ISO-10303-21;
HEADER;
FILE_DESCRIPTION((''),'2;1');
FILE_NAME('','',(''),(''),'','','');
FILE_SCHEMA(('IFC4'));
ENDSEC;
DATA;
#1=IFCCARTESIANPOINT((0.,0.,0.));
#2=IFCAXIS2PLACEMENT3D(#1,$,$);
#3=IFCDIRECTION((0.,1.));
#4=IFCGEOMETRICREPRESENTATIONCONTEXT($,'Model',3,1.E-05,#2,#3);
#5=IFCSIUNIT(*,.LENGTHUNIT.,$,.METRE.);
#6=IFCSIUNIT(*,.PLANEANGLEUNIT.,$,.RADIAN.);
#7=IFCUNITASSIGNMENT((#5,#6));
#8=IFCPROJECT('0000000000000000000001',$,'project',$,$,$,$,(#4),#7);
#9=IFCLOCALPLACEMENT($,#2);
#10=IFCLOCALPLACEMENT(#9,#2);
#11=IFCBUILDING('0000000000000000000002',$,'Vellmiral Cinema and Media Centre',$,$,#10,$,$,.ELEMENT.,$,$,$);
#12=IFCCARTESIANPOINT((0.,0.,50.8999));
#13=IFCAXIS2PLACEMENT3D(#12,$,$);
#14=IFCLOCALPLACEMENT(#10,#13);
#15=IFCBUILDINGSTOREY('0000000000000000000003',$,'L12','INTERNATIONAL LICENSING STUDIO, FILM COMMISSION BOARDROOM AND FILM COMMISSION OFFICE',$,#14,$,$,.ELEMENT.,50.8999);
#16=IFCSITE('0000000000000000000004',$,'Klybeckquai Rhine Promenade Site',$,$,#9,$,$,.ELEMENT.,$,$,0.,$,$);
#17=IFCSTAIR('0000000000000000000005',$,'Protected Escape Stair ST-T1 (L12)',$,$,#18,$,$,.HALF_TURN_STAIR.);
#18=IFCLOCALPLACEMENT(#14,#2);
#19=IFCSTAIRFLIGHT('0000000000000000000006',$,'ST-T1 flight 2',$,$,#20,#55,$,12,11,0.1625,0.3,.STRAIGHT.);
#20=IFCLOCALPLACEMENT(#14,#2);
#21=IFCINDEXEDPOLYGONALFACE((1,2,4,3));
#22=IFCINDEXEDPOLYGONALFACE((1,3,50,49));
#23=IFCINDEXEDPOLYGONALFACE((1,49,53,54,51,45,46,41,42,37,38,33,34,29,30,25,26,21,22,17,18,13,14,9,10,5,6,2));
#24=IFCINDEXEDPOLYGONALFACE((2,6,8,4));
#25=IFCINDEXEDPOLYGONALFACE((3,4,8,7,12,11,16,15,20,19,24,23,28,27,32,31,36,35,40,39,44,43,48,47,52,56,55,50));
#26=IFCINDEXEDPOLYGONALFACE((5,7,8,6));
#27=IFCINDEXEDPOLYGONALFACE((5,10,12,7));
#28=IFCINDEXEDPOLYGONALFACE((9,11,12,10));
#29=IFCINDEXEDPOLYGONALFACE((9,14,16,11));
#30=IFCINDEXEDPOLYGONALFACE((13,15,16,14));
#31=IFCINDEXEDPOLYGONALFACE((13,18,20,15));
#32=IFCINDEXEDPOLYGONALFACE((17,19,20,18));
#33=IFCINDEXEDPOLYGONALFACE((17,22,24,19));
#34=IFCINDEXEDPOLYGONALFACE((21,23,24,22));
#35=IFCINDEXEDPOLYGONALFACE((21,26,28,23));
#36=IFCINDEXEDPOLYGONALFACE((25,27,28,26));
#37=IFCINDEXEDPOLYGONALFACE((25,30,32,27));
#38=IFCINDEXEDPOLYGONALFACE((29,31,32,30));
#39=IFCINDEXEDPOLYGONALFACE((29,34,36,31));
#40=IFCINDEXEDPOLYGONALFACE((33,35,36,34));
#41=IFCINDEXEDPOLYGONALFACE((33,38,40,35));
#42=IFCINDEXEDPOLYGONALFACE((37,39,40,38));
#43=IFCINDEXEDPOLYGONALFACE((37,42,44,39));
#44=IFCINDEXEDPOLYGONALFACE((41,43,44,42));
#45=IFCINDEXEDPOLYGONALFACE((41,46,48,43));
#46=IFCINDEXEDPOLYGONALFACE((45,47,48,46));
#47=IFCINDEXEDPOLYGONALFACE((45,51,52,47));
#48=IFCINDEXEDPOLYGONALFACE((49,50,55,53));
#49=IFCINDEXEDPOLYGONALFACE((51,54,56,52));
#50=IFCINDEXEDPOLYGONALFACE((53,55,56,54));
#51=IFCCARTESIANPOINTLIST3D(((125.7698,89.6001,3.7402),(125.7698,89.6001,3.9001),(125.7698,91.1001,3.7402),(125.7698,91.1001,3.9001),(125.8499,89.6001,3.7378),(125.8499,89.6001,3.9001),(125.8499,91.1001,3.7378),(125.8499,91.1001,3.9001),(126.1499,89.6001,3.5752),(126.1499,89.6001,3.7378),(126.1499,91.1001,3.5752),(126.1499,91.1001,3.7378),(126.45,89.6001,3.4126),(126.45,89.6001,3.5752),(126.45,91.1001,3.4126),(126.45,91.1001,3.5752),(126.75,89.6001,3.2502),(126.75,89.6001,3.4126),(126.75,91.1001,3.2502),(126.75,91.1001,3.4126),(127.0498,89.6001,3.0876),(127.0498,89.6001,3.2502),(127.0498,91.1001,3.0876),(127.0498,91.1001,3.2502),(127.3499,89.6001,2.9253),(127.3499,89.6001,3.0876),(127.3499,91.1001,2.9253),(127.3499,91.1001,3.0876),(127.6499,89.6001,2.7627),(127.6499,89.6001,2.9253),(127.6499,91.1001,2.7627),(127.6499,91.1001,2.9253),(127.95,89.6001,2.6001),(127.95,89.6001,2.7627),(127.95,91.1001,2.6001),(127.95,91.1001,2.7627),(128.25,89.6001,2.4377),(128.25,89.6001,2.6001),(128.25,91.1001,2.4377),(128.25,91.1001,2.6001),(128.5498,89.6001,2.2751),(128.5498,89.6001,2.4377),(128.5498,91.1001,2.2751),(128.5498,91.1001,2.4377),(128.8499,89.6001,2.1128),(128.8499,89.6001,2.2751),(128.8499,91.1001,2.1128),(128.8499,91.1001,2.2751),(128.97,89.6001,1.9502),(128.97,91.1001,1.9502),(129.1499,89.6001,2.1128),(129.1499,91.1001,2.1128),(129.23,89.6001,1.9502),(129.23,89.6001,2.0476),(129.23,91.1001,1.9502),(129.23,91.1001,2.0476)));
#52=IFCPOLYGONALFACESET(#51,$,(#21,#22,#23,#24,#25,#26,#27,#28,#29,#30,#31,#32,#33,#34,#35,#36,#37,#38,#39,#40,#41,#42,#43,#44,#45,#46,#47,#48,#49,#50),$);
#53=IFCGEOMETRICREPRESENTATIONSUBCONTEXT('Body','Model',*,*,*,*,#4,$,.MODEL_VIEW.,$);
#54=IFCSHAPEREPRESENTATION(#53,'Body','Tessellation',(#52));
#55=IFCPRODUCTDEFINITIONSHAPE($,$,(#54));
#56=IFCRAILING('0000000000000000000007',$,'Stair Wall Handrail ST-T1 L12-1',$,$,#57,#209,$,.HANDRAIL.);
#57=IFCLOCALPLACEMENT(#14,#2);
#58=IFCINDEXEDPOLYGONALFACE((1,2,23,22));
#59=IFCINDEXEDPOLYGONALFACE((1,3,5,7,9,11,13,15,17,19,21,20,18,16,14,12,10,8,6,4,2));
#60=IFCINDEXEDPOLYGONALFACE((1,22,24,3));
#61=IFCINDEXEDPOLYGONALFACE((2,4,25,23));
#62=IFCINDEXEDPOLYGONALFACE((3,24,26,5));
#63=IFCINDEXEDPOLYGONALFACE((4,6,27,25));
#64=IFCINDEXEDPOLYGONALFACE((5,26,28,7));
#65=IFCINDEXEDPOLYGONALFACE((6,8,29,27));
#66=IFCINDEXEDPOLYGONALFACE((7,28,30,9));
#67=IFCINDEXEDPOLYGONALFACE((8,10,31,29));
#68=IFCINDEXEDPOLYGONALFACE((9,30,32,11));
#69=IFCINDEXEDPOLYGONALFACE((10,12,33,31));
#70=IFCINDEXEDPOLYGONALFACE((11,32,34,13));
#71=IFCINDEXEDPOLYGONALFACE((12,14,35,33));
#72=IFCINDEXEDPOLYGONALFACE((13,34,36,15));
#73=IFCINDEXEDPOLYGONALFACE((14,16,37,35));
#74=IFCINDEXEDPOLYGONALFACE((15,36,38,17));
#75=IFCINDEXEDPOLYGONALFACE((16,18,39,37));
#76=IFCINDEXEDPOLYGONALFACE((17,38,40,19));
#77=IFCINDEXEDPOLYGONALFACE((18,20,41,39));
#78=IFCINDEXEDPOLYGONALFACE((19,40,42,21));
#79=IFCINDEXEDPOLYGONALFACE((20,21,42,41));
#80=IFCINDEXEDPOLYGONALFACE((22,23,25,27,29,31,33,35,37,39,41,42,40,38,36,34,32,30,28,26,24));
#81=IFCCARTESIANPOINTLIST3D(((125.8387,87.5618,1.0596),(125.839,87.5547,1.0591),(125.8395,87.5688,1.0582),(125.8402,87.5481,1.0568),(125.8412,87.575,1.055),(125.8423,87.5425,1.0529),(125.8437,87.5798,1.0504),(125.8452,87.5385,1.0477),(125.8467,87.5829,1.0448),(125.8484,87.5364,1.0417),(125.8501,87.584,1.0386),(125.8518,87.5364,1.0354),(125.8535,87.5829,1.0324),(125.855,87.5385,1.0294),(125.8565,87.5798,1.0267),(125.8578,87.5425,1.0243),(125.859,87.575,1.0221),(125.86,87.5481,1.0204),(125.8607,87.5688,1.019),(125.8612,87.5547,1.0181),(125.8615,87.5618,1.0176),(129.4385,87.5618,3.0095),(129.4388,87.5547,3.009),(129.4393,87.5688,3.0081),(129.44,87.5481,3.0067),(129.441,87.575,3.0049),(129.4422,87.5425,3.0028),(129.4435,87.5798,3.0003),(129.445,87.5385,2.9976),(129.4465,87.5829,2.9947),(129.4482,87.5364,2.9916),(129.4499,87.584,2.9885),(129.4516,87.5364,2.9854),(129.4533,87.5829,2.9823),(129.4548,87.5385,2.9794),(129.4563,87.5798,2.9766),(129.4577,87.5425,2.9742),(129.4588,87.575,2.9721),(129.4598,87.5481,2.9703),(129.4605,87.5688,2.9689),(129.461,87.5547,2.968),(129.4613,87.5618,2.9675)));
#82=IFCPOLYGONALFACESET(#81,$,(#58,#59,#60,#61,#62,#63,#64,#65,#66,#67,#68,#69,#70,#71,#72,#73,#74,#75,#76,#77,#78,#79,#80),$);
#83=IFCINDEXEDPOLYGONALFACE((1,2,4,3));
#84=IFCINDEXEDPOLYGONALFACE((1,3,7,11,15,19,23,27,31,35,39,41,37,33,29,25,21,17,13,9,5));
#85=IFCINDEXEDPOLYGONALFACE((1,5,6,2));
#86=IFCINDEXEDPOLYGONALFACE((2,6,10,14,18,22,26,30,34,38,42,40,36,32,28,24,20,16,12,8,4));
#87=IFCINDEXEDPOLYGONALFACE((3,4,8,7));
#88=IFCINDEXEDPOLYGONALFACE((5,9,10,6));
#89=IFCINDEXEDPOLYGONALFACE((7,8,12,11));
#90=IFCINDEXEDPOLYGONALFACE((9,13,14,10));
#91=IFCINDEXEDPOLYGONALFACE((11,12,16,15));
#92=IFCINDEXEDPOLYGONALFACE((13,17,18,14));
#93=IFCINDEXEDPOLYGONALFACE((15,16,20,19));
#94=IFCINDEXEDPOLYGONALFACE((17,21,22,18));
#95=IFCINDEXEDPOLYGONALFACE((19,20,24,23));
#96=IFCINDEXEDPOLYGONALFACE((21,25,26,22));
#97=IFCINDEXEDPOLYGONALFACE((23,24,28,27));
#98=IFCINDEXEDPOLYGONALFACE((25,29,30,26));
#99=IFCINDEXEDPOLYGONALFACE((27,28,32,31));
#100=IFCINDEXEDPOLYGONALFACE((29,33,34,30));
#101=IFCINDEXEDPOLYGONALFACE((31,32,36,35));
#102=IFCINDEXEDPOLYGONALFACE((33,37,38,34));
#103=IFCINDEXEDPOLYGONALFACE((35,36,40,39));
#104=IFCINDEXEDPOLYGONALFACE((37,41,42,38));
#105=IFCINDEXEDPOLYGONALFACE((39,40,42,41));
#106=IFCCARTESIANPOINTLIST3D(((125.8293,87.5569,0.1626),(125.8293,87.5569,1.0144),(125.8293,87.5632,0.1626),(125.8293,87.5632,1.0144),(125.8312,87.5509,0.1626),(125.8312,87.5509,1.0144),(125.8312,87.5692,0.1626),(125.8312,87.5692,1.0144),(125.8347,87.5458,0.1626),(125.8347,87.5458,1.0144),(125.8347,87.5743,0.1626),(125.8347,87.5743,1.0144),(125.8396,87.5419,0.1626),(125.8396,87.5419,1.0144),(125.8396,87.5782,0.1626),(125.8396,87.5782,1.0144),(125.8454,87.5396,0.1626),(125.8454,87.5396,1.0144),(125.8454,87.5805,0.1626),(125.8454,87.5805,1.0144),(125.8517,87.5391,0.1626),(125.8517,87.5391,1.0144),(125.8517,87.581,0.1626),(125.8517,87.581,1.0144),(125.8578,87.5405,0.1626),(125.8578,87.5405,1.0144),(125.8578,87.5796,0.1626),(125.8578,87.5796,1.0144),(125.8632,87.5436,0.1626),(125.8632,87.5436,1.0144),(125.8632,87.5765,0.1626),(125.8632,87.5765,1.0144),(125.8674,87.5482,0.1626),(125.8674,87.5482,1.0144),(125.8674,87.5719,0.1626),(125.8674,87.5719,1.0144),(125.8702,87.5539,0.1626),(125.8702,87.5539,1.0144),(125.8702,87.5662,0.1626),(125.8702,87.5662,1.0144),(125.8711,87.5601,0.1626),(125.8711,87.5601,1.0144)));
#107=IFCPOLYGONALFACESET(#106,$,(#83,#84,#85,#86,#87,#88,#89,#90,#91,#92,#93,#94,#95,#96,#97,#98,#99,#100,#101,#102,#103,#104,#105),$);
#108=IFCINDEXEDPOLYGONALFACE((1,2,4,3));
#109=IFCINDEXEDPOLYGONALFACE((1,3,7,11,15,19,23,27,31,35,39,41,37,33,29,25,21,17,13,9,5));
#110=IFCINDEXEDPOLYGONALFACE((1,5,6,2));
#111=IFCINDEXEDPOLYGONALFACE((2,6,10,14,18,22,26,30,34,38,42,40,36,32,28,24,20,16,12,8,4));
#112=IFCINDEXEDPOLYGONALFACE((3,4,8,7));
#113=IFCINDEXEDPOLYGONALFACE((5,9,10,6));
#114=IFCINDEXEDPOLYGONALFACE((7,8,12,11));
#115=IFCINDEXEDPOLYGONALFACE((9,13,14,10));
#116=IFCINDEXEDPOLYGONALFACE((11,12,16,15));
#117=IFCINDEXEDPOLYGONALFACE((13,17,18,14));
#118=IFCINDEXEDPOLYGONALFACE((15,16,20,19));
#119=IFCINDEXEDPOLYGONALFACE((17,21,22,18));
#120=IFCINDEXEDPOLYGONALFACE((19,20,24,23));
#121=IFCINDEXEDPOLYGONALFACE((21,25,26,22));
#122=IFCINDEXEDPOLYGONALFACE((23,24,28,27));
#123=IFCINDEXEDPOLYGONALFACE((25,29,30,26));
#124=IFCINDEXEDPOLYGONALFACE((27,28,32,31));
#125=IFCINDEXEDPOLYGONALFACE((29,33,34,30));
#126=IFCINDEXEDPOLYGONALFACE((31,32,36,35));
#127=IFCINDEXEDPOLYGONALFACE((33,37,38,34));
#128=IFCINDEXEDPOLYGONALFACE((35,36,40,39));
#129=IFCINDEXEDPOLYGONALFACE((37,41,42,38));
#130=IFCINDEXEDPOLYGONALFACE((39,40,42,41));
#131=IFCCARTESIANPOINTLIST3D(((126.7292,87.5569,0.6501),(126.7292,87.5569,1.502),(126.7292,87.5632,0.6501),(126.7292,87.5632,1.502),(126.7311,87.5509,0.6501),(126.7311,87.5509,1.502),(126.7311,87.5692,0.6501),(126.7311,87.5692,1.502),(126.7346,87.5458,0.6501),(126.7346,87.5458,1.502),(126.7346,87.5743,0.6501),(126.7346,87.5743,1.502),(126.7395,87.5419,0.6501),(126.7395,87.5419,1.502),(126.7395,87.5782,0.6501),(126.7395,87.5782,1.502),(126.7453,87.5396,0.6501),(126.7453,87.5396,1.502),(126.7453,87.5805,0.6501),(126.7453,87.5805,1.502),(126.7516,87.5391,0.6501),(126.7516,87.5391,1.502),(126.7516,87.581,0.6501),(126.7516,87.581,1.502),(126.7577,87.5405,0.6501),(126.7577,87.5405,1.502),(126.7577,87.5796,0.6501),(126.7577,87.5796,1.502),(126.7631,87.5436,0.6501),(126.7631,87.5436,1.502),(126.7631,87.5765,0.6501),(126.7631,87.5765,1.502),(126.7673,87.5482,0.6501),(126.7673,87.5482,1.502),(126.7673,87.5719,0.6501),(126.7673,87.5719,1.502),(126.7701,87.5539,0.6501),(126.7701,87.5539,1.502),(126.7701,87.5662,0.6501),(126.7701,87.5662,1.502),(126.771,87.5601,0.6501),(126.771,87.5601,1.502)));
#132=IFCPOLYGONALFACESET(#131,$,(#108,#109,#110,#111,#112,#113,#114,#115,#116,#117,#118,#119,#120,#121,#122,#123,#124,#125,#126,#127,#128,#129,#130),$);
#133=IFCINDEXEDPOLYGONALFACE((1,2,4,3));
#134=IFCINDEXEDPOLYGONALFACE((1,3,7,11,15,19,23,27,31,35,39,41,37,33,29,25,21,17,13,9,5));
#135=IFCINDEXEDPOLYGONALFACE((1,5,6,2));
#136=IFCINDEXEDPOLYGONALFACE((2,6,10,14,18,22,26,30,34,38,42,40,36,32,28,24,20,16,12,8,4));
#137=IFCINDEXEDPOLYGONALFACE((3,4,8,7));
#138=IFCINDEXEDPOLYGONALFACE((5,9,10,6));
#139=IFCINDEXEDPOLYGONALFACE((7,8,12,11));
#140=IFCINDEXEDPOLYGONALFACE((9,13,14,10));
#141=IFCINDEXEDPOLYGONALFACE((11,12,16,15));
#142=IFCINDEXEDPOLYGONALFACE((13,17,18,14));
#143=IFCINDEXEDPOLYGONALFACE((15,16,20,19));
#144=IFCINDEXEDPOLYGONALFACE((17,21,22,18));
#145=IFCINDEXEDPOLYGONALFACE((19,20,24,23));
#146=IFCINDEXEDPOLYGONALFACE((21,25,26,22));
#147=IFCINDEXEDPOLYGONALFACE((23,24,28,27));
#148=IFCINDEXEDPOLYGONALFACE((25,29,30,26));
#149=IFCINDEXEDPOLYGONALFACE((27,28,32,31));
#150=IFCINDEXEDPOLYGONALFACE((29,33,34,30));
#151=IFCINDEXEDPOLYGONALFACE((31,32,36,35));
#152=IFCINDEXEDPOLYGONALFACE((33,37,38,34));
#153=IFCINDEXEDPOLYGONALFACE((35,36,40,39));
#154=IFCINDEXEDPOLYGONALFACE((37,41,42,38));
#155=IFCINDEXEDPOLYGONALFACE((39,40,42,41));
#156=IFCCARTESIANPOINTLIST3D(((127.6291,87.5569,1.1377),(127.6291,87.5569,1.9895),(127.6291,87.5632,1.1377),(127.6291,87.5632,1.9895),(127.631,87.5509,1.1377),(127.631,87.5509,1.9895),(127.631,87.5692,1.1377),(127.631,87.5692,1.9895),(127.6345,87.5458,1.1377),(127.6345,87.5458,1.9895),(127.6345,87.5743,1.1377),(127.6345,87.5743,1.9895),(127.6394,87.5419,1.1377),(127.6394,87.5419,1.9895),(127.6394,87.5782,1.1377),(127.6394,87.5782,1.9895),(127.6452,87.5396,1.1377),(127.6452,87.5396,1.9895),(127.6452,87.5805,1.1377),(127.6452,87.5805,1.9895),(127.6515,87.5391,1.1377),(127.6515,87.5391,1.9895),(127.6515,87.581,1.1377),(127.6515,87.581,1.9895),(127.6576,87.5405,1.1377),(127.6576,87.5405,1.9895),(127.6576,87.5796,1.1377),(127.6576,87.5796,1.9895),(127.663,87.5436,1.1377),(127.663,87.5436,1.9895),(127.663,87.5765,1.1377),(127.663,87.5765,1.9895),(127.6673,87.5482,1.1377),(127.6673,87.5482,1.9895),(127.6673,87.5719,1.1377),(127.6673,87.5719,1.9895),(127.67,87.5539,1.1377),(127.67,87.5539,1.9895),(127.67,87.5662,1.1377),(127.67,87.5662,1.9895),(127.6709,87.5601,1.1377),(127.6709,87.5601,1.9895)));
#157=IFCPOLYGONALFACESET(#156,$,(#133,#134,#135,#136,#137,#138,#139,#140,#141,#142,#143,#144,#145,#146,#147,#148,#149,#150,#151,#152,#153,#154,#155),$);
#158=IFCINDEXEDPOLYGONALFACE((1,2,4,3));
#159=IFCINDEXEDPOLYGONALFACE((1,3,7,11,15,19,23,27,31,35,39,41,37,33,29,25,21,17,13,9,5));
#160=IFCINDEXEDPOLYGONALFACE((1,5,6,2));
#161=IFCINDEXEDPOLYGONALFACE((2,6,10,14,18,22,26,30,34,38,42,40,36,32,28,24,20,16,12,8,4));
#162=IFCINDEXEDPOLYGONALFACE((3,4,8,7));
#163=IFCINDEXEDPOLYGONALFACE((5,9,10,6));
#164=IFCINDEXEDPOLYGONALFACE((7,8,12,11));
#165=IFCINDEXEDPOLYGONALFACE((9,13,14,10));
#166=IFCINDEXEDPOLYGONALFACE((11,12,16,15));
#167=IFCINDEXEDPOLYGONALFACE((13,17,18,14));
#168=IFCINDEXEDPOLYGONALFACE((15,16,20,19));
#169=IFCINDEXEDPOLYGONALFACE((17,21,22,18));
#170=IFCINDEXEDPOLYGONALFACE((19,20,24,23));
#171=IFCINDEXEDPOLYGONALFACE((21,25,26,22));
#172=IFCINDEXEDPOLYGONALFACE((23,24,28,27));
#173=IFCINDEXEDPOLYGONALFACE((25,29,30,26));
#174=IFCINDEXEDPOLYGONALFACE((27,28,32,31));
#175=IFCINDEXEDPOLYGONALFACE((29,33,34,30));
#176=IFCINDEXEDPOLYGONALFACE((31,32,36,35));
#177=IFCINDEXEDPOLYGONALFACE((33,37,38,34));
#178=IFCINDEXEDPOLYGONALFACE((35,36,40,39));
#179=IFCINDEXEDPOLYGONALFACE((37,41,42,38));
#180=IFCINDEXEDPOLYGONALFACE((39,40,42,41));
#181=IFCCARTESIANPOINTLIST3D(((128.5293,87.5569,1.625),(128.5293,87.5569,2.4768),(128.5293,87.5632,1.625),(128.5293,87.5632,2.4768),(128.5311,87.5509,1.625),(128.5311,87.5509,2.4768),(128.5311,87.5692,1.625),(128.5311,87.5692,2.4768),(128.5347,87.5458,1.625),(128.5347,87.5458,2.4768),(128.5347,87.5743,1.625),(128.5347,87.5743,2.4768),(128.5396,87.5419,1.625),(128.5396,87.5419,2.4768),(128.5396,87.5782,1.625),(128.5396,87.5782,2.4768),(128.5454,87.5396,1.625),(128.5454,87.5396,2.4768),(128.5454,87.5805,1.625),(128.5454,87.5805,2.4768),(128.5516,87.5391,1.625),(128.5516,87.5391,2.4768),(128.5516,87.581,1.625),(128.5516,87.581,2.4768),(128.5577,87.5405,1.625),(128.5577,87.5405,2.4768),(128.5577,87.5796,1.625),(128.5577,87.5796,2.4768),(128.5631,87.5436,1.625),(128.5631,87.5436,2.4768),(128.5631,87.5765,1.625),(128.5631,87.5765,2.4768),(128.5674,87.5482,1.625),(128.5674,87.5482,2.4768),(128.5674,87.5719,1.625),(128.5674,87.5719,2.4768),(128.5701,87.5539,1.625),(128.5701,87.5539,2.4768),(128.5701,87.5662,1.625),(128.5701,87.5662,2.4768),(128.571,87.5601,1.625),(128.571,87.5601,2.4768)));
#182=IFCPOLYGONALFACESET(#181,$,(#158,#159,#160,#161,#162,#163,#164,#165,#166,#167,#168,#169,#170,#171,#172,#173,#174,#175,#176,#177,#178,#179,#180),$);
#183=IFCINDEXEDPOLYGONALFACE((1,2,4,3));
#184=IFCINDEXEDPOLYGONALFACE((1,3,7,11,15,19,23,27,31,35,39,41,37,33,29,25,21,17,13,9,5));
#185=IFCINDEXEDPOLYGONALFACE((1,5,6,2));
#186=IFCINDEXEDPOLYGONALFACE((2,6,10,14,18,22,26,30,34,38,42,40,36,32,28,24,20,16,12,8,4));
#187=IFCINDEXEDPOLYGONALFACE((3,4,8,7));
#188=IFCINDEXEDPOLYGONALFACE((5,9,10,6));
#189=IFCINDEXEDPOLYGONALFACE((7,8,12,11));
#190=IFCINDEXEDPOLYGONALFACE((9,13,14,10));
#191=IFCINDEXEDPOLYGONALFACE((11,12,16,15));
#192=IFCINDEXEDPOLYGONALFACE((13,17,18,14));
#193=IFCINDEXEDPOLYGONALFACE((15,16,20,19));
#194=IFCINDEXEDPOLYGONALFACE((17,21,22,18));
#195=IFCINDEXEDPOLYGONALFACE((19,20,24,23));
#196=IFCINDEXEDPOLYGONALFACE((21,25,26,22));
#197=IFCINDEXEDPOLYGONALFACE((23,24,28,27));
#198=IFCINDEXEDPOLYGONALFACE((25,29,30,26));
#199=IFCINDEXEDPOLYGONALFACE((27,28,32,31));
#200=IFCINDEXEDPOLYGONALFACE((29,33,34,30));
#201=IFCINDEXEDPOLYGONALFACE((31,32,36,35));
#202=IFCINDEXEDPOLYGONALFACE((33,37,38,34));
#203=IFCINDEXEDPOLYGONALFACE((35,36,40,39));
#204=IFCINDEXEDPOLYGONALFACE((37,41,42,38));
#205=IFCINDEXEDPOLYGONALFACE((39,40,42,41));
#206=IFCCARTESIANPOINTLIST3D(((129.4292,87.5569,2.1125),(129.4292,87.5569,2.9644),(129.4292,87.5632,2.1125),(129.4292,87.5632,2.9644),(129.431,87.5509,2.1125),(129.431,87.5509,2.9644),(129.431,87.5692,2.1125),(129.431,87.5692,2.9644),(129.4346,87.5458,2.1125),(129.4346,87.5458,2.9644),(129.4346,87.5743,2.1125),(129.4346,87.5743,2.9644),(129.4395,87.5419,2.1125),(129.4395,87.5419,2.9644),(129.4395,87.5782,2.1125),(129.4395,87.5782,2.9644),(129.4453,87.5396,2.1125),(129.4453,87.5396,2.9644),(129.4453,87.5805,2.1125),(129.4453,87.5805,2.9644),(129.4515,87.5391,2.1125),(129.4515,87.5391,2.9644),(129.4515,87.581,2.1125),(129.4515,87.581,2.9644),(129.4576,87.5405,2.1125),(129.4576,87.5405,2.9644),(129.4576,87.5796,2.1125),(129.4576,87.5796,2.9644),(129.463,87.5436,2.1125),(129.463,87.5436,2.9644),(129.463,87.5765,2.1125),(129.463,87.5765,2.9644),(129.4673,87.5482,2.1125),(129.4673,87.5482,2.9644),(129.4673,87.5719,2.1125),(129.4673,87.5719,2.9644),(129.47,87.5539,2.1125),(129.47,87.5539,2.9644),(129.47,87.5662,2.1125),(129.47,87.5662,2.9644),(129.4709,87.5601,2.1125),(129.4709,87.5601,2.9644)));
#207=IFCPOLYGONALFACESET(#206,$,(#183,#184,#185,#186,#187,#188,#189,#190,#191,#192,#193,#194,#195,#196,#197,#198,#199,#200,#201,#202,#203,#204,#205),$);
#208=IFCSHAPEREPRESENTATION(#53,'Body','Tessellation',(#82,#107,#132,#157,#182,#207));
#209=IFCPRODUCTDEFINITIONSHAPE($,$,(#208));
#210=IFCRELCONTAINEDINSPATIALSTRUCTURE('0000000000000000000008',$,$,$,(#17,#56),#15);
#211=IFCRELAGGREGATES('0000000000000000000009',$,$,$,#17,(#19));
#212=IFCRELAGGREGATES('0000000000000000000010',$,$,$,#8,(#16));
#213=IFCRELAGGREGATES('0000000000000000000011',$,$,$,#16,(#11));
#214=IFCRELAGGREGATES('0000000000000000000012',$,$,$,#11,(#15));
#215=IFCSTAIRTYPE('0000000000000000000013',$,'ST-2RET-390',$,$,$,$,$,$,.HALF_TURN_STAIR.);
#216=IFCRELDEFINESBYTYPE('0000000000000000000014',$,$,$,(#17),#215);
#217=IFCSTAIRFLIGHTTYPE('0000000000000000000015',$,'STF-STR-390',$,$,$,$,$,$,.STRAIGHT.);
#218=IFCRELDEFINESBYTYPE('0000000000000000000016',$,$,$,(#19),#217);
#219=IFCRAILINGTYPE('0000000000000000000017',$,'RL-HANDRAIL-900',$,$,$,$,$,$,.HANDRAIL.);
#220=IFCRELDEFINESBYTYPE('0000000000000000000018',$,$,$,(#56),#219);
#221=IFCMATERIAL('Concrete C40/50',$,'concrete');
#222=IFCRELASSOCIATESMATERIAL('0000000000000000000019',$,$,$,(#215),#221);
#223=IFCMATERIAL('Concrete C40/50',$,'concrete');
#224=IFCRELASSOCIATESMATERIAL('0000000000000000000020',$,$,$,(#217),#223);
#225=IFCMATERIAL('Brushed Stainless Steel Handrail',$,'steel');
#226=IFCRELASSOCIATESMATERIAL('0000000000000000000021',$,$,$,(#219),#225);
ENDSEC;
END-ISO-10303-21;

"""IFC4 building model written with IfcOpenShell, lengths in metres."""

from ifc_helpers import new_model, si_unit, direction, frame, origin, origin_2d, place, context, subcontext, project, spatial, polyline, circle, outline, extrude, material, type_object, element, aggregate, save


model = new_model("IFC4")

# Units and contexts
model_context = context("Model", 3, precision=1e-05, world=origin(), true_north=direction((0.0, 1.0)))
body_context = subcontext(model_context, "Body", "Model", "MODEL_VIEW")
ifc_project = project(units=[si_unit("LENGTHUNIT", "METRE"), si_unit("PLANEANGLEUNIT", "RADIAN")], contexts=[model_context])

# Site, building, storey
site_placement = place(None, origin())
site = spatial("IfcSite", under=ifc_project, at=site_placement, Name="Klybeckquai Rhine Promenade Site", CompositionType="ELEMENT", RefElevation=0.0)
building_placement = place(site_placement, origin())
building = spatial("IfcBuilding", under=site, at=building_placement, Name="Vellmiral Cinema and Media Centre", CompositionType="ELEMENT")
storey_placement = place(building_placement, frame((0.0, 0.0, 50.8999)))
storey = spatial("IfcBuildingStorey", under=building, at=storey_placement, Name="L12", Description="INTERNATIONAL LICENSING STUDIO, FILM COMMISSION BOARDROOM AND FILM COMMISSION OFFICE", CompositionType="ELEMENT", Elevation=50.8999)

# Stair, stair flight
ifc_material_1 = material(Name="Concrete C40/50", Category="concrete")
stair_type = type_object("IfcStairType", Name="ST-2RET-390", PredefinedType="HALF_TURN_STAIR", material=ifc_material_1)
stair_placement = place(storey_placement, origin())
stair = element("IfcStair", 1, at=stair_placement, inside=storey, type_object=stair_type, Name="Protected Escape Stair ST-T1 (L12)", PredefinedType="HALF_TURN_STAIR")
ifc_material_2 = material(Name="Concrete C40/50", Category="concrete")
stair_flight_type = type_object("IfcStairFlightType", Name="STF-STR-390", PredefinedType="STRAIGHT", material=ifc_material_2)
stair_flight_1_placement = place(storey_placement, frame((129.1499, 90.3501, 1.9502), z_axis=(0.0, 0.0, 1.0), x_axis=(-1.0, 0.0, 0.0)))
stair_flight_1 = element("IfcStairFlight", 2, at=stair_flight_1_placement, type_object=stair_flight_type, Name="ST-T1 flight 2", NumberOfRisers=12, NumberOfTreads=11, PredefinedType="STRAIGHT", RiserHeight=0.1625, TreadLength=0.3, context=body_context, shape_type="SweptSolid", body=[
    extrude(outline(polyline([(-0.0801, 0.0), (-0.0801, 0.0974), (0.0, 0.1626), (0.3, 0.1626), (0.3, 0.325), (0.6001, 0.325), (0.6001, 0.4875), (0.8999, 0.4875), (0.8999, 0.6499), (1.2, 0.6499), (1.2, 0.8125), (1.5, 0.8125), (1.5, 0.9751), (1.8, 0.9751), (1.8, 1.1375), (2.1001, 1.1375), (2.1001, 1.3), (2.3999, 1.3), (2.3999, 1.4624), (2.7, 1.4624), (2.7, 1.625), (3.0, 1.625), (3.0, 1.7876), (3.3, 1.7876), (3.3, 1.95), (3.3801, 1.95), (3.3801, 1.79), (0.1799, 0.0), (-0.0801, 0.0)])), frame((0.0, 0.75, 0.0), z_axis=(0.0, -1.0, 0.0), x_axis=(1.0, 0.0, 0.0)), (0.0, 0.0, 1.0), 1.5),
])
aggregate(stair, [stair_flight_1])

# Railing
ifc_material_3 = material(Name="Brushed Stainless Steel Handrail", Category="steel")
railing_type_1 = type_object("IfcRailingType", Name="RL-HANDRAIL-900", PredefinedType="HANDRAIL", material=ifc_material_3)
railing_1_placement = place(storey_placement, frame((125.8501, 87.5601, 0.1626)))
element("IfcRailing", 3, at=railing_1_placement, inside=storey, type_object=railing_type_1, Name="Stair Wall Handrail ST-T1 L12-1", PredefinedType="HANDRAIL", context=body_context, shape_type="SweptSolid", body=[
    extrude(circle(Radius=0.0239, at=origin_2d()), frame((0.0, 0.0, 0.876), z_axis=(0.879289, 0.0, 0.476289), x_axis=(0.0, 1.0, 0.0)), (0.0, 0.0, 1.0), 4.094),
    extrude(circle(Radius=0.021, at=origin_2d()), origin(), (0.0, 0.0, 1.0), 0.8518),
    extrude(circle(Radius=0.021, at=origin_2d()), frame((0.8999, 0.0, 0.4875)), (0.0, 0.0, 1.0), 0.8518),
    extrude(circle(Radius=0.021, at=origin_2d()), frame((1.7998, 0.0, 0.9751)), (0.0, 0.0, 1.0), 0.8518),
    extrude(circle(Radius=0.021, at=origin_2d()), frame((2.7, 0.0, 1.4624)), (0.0, 0.0, 1.0), 0.8518),
    extrude(circle(Radius=0.021, at=origin_2d()), frame((3.5999, 0.0, 1.95)), (0.0, 0.0, 1.0), 0.8518),
])

save(model, "model.ifc")
